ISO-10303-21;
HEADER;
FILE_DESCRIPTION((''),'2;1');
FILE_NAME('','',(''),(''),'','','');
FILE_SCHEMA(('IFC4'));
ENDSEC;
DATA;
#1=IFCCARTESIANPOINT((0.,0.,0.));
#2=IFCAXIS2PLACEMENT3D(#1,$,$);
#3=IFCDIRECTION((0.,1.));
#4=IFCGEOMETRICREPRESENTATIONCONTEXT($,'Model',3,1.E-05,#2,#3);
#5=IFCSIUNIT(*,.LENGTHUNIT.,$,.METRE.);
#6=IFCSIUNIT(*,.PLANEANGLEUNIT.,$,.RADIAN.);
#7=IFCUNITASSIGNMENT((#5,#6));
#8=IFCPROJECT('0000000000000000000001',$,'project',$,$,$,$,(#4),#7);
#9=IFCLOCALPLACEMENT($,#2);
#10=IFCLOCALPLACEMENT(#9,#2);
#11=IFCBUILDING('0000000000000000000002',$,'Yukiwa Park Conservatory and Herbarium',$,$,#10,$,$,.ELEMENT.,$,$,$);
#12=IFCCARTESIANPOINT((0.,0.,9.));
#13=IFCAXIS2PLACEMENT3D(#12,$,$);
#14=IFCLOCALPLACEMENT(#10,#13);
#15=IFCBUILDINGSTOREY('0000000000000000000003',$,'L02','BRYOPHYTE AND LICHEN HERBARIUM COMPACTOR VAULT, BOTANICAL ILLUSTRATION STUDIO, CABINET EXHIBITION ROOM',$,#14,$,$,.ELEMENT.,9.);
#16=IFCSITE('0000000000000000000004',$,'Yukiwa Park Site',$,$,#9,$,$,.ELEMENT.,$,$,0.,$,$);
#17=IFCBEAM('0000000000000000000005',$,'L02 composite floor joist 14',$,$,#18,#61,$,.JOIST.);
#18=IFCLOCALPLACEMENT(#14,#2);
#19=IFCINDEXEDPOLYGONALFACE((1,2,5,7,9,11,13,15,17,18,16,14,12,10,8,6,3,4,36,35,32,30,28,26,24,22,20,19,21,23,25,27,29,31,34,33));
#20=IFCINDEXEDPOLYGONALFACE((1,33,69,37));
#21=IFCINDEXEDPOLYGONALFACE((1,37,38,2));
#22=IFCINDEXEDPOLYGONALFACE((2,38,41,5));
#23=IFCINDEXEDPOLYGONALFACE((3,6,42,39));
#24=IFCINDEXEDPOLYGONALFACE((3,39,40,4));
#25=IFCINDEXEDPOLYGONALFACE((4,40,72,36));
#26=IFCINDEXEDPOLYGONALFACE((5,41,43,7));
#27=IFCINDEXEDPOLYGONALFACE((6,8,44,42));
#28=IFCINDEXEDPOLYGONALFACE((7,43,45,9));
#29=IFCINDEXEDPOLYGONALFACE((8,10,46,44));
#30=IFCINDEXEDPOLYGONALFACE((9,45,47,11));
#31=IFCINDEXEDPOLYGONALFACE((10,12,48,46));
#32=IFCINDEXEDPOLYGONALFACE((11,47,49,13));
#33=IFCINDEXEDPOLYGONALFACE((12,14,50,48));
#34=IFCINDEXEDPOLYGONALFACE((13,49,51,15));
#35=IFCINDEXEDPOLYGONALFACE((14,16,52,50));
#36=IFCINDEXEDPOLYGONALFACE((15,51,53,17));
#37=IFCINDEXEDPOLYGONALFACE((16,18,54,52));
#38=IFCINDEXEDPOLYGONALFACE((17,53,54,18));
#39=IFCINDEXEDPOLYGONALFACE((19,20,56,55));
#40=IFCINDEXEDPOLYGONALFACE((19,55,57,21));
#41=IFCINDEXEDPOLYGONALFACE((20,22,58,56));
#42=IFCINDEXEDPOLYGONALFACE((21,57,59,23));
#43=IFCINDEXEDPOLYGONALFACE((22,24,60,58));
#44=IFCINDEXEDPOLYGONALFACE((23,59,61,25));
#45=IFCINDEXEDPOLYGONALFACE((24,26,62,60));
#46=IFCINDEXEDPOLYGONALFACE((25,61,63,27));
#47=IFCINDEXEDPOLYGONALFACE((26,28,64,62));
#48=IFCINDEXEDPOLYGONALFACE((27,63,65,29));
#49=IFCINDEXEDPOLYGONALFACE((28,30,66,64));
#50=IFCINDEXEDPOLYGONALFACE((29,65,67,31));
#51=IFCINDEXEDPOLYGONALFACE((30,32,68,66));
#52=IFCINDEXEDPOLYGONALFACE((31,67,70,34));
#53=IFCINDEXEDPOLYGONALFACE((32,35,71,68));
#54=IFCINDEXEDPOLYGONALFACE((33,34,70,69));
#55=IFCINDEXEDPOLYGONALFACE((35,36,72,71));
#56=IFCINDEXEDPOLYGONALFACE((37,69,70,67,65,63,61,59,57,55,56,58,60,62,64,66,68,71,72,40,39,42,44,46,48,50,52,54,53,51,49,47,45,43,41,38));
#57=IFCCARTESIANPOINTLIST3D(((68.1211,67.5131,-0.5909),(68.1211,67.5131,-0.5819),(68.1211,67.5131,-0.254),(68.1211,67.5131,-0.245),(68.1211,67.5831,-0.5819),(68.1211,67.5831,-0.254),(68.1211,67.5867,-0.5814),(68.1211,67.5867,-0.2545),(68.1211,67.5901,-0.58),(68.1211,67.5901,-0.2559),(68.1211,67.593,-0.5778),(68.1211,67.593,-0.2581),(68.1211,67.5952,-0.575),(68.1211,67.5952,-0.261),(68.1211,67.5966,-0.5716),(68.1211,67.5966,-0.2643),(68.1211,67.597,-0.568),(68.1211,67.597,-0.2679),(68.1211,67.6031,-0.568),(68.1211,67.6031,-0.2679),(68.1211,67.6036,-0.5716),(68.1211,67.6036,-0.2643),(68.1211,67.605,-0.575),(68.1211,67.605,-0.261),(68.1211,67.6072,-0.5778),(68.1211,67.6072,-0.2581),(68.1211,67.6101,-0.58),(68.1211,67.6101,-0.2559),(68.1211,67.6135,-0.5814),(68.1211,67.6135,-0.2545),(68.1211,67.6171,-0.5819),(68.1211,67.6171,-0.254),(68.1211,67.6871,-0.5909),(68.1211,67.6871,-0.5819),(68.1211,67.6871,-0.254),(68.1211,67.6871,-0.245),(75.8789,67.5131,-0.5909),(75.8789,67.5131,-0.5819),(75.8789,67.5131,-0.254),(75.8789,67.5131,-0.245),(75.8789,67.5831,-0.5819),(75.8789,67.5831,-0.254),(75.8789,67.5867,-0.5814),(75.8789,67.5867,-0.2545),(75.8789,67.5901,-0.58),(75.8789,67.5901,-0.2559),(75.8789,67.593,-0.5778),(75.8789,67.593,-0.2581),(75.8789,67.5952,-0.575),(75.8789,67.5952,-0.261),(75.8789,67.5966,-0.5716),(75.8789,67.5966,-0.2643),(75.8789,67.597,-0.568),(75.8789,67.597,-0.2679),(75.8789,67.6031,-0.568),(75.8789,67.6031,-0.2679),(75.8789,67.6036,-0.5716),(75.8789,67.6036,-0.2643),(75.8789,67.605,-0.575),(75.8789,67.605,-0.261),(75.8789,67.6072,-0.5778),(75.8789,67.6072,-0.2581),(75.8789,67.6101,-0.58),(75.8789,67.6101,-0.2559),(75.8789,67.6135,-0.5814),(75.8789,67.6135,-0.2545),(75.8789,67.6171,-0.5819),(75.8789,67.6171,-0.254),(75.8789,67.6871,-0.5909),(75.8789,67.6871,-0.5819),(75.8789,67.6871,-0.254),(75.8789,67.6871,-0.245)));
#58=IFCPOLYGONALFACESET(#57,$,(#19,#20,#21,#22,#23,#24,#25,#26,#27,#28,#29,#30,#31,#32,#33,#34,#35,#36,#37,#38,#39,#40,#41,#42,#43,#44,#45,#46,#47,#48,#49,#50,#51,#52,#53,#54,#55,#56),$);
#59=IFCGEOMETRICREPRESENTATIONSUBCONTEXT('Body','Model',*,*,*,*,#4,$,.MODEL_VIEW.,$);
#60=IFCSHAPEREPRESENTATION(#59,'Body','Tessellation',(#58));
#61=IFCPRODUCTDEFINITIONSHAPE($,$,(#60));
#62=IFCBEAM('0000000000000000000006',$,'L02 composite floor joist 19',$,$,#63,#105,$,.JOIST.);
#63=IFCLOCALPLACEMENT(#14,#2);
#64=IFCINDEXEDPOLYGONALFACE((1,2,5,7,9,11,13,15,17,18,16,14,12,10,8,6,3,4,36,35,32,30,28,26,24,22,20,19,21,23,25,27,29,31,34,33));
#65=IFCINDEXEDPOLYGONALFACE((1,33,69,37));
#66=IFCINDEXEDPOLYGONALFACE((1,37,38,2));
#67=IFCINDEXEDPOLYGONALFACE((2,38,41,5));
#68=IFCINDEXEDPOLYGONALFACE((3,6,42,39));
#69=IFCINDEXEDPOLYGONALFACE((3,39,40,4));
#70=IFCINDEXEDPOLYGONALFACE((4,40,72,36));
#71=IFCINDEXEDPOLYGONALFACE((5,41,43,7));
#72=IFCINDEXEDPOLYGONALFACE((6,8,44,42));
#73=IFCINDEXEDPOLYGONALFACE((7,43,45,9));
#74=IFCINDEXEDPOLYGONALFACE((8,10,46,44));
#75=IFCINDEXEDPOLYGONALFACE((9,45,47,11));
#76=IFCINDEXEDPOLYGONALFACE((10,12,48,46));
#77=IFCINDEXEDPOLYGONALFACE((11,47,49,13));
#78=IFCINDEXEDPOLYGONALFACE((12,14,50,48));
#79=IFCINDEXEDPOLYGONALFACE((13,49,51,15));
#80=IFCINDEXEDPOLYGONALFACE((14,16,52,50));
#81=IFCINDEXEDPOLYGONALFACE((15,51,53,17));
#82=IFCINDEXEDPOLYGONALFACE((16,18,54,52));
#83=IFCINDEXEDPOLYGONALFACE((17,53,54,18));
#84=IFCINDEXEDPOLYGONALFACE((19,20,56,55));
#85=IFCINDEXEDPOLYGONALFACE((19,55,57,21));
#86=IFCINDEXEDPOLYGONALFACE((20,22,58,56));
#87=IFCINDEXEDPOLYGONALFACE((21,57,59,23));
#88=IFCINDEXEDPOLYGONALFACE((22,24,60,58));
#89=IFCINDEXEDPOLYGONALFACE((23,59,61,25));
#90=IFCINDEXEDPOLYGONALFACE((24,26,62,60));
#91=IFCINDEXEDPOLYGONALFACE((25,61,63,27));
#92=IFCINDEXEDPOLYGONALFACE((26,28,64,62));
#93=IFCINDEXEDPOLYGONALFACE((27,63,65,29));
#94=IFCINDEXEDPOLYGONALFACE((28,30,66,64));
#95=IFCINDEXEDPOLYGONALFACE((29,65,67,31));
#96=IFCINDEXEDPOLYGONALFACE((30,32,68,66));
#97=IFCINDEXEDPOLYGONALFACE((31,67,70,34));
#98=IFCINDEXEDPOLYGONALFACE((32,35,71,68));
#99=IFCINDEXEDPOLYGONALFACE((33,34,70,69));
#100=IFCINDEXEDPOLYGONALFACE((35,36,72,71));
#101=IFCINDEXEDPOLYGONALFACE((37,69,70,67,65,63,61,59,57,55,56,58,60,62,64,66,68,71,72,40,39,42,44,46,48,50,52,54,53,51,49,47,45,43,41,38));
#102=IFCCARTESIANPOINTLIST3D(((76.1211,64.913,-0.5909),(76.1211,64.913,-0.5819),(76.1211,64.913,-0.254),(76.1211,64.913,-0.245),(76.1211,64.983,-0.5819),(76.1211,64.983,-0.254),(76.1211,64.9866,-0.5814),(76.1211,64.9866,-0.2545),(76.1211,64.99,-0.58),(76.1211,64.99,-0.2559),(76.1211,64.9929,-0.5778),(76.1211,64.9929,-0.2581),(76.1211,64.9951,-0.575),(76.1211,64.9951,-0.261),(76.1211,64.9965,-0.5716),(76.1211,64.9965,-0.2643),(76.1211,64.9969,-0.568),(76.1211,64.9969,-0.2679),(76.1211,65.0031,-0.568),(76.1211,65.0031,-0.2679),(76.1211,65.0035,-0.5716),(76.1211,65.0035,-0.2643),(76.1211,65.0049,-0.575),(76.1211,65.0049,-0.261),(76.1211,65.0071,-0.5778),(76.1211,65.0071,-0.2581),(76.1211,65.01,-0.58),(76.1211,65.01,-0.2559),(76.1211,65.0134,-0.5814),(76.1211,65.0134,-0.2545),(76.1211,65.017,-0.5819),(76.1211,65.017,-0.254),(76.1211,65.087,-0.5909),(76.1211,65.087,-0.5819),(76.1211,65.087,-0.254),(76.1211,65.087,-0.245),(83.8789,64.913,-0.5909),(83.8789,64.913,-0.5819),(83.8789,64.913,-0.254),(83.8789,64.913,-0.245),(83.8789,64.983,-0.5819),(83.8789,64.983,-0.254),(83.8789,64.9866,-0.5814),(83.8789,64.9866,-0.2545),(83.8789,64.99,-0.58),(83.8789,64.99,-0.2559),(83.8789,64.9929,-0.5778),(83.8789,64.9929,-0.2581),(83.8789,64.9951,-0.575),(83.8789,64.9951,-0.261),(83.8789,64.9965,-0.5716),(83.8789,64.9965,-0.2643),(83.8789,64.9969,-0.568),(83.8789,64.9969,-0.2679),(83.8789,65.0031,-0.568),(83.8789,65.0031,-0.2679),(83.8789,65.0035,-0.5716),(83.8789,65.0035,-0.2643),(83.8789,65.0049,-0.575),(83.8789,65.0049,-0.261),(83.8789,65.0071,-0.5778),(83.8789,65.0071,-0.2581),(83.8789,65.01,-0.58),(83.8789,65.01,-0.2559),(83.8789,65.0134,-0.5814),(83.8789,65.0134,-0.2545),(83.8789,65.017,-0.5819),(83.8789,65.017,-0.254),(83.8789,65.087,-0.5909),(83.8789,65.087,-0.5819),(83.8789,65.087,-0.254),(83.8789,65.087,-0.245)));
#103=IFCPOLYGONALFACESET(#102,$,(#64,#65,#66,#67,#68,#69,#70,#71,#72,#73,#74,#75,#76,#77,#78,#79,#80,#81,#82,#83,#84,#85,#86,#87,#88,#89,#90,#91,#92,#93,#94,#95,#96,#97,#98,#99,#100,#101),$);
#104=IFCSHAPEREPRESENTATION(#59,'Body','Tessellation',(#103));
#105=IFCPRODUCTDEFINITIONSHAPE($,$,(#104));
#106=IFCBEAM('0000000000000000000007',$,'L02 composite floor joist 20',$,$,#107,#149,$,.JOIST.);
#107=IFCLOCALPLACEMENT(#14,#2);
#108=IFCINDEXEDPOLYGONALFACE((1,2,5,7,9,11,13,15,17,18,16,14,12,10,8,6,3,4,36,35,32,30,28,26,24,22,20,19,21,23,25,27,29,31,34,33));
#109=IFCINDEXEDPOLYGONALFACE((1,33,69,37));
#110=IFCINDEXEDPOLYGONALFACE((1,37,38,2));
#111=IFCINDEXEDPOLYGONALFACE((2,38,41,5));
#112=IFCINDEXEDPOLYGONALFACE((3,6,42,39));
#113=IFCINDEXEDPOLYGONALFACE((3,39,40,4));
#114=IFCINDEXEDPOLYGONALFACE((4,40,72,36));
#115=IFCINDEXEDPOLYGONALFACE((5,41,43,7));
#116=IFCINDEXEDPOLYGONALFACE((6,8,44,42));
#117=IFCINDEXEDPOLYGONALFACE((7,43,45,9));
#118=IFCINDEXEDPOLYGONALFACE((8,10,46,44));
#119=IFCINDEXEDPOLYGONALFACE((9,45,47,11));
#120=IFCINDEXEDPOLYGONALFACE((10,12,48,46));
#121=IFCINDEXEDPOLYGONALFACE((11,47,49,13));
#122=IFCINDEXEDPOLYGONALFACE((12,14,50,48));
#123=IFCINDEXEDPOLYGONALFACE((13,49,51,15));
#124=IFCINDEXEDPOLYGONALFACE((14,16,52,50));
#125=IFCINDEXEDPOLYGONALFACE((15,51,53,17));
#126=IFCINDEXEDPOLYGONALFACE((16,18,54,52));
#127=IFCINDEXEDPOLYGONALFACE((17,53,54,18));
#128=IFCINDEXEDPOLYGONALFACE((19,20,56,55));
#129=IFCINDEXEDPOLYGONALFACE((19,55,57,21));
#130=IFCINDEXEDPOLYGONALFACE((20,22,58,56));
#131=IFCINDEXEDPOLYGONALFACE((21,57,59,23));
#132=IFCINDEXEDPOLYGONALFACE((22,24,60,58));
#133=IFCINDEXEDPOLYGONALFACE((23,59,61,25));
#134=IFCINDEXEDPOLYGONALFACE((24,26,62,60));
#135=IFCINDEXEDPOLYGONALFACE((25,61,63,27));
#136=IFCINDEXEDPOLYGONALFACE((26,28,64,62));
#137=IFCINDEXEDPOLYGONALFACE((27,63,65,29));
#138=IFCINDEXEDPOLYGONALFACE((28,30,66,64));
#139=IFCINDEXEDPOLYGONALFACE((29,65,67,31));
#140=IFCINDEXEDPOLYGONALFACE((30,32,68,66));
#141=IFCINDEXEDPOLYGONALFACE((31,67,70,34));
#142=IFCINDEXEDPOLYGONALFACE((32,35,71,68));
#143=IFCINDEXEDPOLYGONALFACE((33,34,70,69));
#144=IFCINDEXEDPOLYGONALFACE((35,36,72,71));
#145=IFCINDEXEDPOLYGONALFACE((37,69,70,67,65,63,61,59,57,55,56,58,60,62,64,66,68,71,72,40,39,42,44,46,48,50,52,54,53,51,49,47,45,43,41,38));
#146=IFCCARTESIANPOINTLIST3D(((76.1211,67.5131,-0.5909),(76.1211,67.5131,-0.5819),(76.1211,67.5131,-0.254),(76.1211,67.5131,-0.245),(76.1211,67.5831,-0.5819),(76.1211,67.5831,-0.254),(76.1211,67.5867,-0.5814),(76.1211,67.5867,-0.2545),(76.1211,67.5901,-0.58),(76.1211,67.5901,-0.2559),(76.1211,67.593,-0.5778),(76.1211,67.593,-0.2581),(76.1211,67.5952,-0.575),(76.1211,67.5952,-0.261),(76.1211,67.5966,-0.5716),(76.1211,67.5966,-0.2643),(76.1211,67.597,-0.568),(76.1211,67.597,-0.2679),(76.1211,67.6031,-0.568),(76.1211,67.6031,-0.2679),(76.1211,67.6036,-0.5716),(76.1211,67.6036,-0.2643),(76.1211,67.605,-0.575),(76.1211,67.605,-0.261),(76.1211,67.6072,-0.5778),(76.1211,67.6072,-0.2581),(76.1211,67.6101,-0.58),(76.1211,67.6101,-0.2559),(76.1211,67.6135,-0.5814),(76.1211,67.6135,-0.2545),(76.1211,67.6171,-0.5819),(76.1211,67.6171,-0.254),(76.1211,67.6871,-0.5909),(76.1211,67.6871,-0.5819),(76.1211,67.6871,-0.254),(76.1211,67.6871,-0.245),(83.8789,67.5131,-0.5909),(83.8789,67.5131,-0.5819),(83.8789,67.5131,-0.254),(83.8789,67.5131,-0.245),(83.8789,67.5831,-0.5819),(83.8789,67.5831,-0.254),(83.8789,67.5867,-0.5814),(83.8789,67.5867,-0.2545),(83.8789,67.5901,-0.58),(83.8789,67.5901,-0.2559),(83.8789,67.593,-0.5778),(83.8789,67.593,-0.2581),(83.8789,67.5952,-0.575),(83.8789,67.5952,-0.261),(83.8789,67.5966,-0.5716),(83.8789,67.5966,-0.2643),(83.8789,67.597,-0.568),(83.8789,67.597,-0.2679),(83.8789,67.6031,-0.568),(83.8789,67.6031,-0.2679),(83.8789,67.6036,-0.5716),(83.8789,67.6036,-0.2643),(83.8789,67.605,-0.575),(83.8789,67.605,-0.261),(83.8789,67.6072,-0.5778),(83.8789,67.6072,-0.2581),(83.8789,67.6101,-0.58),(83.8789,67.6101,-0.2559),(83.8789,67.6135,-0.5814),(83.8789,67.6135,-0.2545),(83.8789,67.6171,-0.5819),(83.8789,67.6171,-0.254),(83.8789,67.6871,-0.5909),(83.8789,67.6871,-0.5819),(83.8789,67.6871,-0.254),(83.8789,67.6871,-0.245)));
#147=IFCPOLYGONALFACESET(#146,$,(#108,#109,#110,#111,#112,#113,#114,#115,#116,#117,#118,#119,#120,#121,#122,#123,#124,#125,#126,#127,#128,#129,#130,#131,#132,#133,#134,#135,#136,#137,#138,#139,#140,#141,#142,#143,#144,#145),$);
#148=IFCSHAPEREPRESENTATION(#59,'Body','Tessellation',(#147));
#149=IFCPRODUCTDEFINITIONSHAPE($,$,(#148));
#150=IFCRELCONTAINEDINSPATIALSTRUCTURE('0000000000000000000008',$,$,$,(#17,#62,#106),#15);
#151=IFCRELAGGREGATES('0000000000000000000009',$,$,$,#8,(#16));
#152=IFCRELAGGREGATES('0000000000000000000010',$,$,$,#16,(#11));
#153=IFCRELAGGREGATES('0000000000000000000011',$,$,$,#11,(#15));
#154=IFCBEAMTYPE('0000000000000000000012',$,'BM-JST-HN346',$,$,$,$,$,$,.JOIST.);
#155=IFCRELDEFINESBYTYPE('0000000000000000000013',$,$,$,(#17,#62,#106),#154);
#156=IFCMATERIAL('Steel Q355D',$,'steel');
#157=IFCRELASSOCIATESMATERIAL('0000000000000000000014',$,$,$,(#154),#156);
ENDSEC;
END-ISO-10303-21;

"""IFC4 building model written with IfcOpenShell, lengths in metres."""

from ifc_helpers import new_model, si_unit, direction, frame, origin, origin_2d, place, context, subcontext, project, spatial, i_section, extrude, material, material_profile, profile_set, type_object, element, save


model = new_model("IFC4")

# Units and contexts
model_context = context("Model", 3, precision=1e-05, world=origin(), true_north=direction((0.0, 1.0)))
body_context = subcontext(model_context, "Body", "Model", "MODEL_VIEW")
ifc_project = project(units=[si_unit("LENGTHUNIT", "METRE"), si_unit("PLANEANGLEUNIT", "RADIAN")], contexts=[model_context])

# Site, building, storey
site_placement = place(None, origin())
site = spatial("IfcSite", under=ifc_project, at=site_placement, Name="Yukiwa Park Site", CompositionType="ELEMENT", RefElevation=0.0)
building_placement = place(site_placement, origin())
building = spatial("IfcBuilding", under=site, at=building_placement, Name="Yukiwa Park Conservatory and Herbarium", CompositionType="ELEMENT")
storey_placement = place(building_placement, frame((0.0, 0.0, 9.0)))
storey = spatial("IfcBuildingStorey", under=building, at=storey_placement, Name="L02", Description="BRYOPHYTE AND LICHEN HERBARIUM COMPACTOR VAULT, BOTANICAL ILLUSTRATION STUDIO, CABINET EXHIBITION ROOM", CompositionType="ELEMENT", Elevation=9.0)

# Beams
ifc_material_1 = material(Name="Steel Q355D", Category="steel")
ifc_material_profile_1 = material_profile(ifc_material_1, i_section(OverallWidth=0.1741, OverallDepth=0.3459, WebThickness=0.0061, FlangeThickness=0.009, FilletRadius=0.0139, at=origin_2d()), Name="HN 346x174x6x9")
ifc_profile_set_1 = profile_set([ifc_material_profile_1], Name="Steel Q355D")
beam_type_1 = type_object("IfcBeamType", Name="BM-JST-HN346", PredefinedType="JOIST", material=ifc_profile_set_1)
for number, where, z_axis, x_axis, name in (
    (1, (68.1211, 67.6001, -0.418), (1.0, 0.0, 0.0), (0.0, 1.0, 0.0), "L02 composite floor joist 14"),
    (2, (76.1211, 65.0, -0.418), (1.0, 0.0, 0.0), (0.0, 1.0, 0.0), "L02 composite floor joist 19"),
    (3, (76.1211, 67.6001, -0.418), (1.0, 0.0, 0.0), (0.0, 1.0, 0.0), "L02 composite floor joist 20"),
):
    element("IfcBeam", number, at=place(storey_placement, frame(where, z_axis=z_axis, x_axis=x_axis)), inside=storey, type_object=beam_type_1, Name=name, PredefinedType="JOIST", context=body_context, shape_type="SweptSolid", body=[
        extrude(i_section(OverallWidth=0.1741, OverallDepth=0.3459, WebThickness=0.0061, FlangeThickness=0.009, FilletRadius=0.0139, at=origin_2d()), origin(), (0.0, 0.0, 1.0), 7.7578),
    ])

save(model, "model.ifc")
